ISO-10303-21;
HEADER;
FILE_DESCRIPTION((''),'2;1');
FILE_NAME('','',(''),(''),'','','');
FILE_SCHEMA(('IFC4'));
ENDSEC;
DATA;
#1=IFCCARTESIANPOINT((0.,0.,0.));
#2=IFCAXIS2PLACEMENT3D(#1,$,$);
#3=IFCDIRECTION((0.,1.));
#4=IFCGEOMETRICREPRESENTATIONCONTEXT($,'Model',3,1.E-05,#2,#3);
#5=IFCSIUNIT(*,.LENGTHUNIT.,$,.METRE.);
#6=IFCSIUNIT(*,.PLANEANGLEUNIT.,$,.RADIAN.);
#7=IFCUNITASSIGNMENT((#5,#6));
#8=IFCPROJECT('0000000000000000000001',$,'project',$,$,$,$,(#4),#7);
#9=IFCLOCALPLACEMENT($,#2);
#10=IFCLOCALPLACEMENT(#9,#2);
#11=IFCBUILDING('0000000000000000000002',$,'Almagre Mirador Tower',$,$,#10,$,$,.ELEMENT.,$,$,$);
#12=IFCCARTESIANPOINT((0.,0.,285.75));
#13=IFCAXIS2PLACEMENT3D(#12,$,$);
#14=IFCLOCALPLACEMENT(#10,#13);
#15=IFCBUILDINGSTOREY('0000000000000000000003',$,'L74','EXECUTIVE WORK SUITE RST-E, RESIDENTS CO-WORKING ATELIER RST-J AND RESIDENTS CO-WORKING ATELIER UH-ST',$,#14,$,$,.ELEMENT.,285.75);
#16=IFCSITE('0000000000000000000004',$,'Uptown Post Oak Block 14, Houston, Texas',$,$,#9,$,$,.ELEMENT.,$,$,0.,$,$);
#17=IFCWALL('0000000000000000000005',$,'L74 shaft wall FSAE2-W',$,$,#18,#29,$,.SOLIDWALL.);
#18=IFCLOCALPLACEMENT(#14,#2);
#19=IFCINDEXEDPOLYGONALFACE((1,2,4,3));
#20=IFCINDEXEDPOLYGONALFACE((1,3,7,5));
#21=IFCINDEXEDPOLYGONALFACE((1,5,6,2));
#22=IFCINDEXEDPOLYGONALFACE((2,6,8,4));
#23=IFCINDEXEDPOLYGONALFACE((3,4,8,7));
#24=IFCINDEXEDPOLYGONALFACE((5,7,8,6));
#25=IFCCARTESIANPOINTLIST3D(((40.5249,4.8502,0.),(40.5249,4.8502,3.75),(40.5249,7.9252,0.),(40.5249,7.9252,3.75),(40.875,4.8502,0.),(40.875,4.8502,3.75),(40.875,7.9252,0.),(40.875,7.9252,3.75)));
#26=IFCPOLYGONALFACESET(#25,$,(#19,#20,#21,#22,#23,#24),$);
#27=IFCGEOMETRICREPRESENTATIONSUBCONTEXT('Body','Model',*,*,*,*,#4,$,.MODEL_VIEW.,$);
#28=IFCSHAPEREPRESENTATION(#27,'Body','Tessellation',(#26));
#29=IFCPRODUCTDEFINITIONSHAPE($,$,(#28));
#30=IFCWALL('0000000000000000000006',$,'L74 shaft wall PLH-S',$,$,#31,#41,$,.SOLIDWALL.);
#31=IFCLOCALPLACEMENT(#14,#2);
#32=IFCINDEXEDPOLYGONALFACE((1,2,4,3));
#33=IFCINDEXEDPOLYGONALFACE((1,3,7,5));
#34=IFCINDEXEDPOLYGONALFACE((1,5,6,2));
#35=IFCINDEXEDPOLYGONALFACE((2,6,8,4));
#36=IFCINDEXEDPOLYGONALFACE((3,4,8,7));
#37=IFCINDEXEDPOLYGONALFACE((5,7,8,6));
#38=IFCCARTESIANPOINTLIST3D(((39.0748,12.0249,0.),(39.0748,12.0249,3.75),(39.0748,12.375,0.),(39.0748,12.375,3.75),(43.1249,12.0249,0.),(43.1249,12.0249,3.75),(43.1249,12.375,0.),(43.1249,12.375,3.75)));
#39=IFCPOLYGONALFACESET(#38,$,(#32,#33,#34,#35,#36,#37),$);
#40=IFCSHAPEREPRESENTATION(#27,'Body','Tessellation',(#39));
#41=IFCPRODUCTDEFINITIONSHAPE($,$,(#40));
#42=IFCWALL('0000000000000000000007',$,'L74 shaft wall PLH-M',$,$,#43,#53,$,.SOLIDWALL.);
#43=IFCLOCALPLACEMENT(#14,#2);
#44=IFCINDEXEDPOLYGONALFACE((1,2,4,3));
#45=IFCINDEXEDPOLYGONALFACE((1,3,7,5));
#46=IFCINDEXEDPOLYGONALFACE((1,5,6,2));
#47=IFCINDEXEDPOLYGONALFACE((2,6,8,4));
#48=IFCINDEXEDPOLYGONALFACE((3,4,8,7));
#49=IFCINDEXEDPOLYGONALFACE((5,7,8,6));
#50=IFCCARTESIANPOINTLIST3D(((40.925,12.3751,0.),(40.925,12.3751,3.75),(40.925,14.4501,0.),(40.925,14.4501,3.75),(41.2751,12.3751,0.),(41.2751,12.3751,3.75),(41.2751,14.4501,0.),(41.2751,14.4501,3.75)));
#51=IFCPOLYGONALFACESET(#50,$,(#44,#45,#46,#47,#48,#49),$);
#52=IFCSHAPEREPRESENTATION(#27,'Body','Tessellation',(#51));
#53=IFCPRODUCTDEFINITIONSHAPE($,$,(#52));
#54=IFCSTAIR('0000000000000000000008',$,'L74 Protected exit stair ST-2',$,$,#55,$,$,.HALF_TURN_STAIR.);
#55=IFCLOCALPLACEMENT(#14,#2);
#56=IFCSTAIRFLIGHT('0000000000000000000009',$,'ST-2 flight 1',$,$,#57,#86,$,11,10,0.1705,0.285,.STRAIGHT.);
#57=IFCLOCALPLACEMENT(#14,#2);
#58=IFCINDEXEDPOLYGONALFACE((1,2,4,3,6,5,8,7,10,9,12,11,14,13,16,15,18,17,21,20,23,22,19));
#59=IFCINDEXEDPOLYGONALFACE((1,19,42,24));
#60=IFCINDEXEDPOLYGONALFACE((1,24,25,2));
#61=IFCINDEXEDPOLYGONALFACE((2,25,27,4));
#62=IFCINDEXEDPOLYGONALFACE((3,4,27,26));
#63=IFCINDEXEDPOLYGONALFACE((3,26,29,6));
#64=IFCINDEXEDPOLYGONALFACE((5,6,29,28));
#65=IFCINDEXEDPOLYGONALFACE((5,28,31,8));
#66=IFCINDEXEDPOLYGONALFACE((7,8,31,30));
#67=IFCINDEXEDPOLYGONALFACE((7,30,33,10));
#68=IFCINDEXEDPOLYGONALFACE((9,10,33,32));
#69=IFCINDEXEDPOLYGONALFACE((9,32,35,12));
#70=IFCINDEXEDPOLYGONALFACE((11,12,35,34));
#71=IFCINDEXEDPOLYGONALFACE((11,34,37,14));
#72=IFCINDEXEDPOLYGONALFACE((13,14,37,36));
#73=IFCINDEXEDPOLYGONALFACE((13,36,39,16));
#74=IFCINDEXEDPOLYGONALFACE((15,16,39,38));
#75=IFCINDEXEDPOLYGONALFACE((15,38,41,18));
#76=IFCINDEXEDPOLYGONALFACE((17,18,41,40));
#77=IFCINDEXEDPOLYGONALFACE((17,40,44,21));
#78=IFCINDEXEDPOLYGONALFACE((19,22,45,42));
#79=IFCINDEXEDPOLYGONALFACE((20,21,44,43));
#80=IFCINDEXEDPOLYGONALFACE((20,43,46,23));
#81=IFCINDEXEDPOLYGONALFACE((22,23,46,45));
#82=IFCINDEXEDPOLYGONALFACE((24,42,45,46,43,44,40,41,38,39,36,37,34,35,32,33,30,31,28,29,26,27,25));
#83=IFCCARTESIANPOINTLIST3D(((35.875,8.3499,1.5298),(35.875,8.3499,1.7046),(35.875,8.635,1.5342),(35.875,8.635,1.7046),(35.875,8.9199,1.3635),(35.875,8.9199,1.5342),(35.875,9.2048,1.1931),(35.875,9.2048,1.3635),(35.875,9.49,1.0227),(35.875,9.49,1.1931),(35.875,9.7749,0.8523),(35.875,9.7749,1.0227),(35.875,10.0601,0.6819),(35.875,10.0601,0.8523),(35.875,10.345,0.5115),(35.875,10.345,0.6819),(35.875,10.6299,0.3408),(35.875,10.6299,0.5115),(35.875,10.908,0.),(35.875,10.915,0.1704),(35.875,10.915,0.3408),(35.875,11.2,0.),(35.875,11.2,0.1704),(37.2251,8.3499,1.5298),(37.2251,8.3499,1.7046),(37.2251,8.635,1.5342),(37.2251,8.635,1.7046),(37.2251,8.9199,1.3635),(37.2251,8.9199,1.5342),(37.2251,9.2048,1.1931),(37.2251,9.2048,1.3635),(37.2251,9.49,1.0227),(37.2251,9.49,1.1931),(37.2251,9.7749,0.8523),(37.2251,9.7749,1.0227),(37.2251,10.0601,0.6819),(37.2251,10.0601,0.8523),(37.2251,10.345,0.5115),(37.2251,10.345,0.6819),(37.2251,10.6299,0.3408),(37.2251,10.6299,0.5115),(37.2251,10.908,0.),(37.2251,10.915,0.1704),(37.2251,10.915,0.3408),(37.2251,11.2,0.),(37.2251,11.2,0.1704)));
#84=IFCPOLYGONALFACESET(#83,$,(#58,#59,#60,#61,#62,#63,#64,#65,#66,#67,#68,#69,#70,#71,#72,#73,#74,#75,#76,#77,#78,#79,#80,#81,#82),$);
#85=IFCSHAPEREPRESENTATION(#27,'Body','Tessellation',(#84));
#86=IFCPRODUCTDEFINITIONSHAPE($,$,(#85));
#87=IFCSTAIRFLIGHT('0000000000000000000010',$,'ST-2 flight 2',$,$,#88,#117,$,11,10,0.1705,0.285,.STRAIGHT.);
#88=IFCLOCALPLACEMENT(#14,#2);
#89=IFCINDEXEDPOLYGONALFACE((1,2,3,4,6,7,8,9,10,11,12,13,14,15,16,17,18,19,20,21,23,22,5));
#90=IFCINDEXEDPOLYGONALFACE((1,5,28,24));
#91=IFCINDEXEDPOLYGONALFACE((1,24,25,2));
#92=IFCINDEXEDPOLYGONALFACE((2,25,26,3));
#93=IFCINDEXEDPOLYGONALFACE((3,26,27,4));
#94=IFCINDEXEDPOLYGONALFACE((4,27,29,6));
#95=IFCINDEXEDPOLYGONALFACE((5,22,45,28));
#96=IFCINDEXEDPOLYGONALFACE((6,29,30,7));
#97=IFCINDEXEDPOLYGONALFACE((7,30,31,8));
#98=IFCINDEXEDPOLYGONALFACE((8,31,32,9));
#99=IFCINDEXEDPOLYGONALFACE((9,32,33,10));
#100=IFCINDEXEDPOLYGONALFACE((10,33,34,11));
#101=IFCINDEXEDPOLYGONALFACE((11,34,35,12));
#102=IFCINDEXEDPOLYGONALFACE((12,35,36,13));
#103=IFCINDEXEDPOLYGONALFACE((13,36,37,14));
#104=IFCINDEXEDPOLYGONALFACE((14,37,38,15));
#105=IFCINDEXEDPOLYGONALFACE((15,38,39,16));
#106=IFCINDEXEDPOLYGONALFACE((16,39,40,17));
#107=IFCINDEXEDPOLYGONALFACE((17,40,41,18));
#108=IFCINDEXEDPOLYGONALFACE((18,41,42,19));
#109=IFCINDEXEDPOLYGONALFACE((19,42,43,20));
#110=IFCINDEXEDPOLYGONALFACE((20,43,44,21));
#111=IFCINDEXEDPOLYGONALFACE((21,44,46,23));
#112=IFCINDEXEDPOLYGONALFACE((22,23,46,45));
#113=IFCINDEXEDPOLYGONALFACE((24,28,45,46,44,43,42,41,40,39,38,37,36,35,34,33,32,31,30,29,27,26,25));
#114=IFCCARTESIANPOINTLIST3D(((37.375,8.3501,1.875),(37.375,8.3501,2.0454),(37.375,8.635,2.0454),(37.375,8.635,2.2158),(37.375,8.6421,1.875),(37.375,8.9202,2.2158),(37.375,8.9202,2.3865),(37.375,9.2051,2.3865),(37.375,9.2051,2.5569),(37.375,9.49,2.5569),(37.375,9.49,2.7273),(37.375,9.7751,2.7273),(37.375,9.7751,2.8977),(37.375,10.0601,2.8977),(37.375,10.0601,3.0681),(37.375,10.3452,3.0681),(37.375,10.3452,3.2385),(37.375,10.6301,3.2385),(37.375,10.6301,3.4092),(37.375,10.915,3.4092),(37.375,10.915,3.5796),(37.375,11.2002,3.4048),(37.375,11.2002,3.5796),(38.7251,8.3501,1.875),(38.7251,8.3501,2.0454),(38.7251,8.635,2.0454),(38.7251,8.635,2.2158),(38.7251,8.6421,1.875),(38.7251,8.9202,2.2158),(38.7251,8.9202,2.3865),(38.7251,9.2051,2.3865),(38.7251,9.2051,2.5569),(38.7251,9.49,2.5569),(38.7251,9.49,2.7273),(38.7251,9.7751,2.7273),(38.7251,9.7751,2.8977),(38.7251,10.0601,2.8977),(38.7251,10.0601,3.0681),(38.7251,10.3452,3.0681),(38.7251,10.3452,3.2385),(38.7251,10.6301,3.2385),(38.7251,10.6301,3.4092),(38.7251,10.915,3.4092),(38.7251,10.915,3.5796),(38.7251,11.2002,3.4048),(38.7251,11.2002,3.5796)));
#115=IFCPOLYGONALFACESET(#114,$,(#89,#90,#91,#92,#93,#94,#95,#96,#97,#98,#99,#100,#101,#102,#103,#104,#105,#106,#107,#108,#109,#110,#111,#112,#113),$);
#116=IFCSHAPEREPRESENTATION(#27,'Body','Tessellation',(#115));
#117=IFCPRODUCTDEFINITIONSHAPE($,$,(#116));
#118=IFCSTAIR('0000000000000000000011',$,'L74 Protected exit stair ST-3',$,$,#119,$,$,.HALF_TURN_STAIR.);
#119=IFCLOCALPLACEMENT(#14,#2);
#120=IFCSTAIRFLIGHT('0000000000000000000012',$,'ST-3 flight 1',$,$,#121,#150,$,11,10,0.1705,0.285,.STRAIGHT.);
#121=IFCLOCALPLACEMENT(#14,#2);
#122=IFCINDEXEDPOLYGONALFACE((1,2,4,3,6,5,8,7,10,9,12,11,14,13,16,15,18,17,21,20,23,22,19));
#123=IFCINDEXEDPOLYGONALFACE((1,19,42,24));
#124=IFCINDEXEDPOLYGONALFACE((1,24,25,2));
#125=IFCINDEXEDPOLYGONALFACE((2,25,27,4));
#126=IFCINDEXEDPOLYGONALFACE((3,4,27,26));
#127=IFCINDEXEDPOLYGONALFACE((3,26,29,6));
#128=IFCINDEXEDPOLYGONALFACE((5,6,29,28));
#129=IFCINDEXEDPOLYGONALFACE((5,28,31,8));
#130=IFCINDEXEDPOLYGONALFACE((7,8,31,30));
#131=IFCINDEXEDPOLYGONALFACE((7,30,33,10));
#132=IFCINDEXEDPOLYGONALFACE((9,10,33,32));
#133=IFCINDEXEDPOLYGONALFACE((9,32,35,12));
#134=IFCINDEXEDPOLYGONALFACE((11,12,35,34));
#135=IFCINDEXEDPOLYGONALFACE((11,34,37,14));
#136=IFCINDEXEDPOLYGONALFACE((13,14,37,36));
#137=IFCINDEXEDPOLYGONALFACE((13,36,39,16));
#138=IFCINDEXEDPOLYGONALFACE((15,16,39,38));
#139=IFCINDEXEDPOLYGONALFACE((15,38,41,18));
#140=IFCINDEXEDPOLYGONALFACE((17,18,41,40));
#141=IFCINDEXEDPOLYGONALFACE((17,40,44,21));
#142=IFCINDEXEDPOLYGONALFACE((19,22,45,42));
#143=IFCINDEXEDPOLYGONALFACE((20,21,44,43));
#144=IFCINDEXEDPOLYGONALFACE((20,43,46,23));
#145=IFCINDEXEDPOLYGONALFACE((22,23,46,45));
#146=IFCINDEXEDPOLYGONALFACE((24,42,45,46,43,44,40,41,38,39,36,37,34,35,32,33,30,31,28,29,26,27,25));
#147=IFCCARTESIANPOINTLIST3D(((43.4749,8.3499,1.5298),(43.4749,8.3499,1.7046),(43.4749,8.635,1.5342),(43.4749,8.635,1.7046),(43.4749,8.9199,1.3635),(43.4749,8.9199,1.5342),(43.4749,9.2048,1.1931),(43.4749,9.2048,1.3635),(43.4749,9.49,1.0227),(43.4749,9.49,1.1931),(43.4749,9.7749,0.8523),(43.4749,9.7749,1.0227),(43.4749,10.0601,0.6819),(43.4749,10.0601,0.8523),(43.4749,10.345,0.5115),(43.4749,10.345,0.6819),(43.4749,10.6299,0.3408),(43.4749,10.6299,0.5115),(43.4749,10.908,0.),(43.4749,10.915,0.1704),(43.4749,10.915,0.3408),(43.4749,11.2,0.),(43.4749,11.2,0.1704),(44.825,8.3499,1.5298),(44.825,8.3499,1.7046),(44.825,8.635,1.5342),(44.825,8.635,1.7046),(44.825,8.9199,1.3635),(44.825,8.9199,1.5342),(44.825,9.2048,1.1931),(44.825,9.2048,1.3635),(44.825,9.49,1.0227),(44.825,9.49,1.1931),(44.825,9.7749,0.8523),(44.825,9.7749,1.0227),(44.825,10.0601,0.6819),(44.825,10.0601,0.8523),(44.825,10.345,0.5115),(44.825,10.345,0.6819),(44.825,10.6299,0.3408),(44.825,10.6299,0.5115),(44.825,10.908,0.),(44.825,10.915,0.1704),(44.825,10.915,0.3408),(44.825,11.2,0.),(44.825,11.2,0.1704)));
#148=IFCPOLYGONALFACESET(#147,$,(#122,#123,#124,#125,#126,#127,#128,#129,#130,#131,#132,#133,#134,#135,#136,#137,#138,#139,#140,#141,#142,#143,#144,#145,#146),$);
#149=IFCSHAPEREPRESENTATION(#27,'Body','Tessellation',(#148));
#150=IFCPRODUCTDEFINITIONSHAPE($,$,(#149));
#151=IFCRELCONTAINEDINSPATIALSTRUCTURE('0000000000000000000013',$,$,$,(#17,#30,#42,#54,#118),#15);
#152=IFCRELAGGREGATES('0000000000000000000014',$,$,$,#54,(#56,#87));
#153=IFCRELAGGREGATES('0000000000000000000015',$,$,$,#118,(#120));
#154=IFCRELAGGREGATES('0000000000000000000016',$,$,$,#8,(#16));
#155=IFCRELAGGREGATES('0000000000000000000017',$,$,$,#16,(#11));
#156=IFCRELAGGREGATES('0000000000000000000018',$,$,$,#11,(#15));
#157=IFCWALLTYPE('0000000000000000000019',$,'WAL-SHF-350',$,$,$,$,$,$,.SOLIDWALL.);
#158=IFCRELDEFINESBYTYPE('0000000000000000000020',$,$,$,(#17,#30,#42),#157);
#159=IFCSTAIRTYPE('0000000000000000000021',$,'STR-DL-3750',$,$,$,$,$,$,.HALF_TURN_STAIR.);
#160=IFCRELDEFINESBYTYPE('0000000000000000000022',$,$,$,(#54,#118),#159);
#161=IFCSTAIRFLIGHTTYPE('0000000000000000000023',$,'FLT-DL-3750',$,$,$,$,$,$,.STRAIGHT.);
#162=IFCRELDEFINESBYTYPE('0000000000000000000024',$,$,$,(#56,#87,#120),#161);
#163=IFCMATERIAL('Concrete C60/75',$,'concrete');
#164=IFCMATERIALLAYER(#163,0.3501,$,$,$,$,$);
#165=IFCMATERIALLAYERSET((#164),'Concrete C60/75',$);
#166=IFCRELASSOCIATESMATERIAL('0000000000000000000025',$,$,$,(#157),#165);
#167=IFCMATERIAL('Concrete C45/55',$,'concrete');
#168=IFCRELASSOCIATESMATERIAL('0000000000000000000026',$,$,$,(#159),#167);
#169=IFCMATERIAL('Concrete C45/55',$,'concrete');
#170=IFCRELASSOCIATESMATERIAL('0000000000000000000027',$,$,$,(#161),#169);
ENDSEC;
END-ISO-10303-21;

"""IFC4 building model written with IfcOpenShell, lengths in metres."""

from ifc_helpers import new_model, si_unit, direction, frame, frame_2d, origin, place, context, subcontext, project, spatial, polyline, rectangle, outline, extrude, material, layer, layer_set, type_object, element, aggregate, save


model = new_model("IFC4")

# Units and contexts
model_context = context("Model", 3, precision=1e-05, world=origin(), true_north=direction((0.0, 1.0)))
body_context = subcontext(model_context, "Body", "Model", "MODEL_VIEW")
ifc_project = project(units=[si_unit("LENGTHUNIT", "METRE"), si_unit("PLANEANGLEUNIT", "RADIAN")], contexts=[model_context])

# Site, building, storey
site_placement = place(None, origin())
site = spatial("IfcSite", under=ifc_project, at=site_placement, Name="Uptown Post Oak Block 14, Houston, Texas", CompositionType="ELEMENT", RefElevation=0.0)
building_placement = place(site_placement, origin())
building = spatial("IfcBuilding", under=site, at=building_placement, Name="Almagre Mirador Tower", CompositionType="ELEMENT")
storey_placement = place(building_placement, frame((0.0, 0.0, 285.75)))
storey = spatial("IfcBuildingStorey", under=building, at=storey_placement, Name="L74", Description="EXECUTIVE WORK SUITE RST-E, RESIDENTS CO-WORKING ATELIER RST-J AND RESIDENTS CO-WORKING ATELIER UH-ST", CompositionType="ELEMENT", Elevation=285.75)

# Shared definitions
ifc_material_1 = material(Name="Concrete C60/75", Category="concrete")
ifc_layer_1 = layer(ifc_material_1, 0.3501)
ifc_layer_set_1 = layer_set([ifc_layer_1], Name="Concrete C60/75")
wall_type_1 = type_object("IfcWallType", Name="WAL-SHF-350", PredefinedType="SOLIDWALL", material=ifc_layer_set_1)

# Walls
wall_1_placement = place(storey_placement, frame((40.7, 4.8501, 0.0), z_axis=(0.0, 0.0, 1.0), x_axis=(0.0, 1.0, 0.0)))
element("IfcWall", 1, at=wall_1_placement, inside=storey, type_object=wall_type_1, Name="L74 shaft wall FSAE2-W", PredefinedType="SOLIDWALL", context=body_context, shape_type="SweptSolid", body=[
    extrude(rectangle(XDim=3.075, YDim=0.3501, at=frame_2d((1.5376, 0.0))), origin(), (0.0, 0.0, 1.0), 3.75),
])
wall_2_placement = place(storey_placement, frame((39.075, 12.2, 0.0), z_axis=(0.0, 0.0, 1.0), x_axis=(1.0, 0.0, 0.0)))
element("IfcWall", 2, at=wall_2_placement, inside=storey, type_object=wall_type_1, Name="L74 shaft wall PLH-S", PredefinedType="SOLIDWALL", context=body_context, shape_type="SweptSolid", body=[
    extrude(rectangle(XDim=4.05, YDim=0.3501, at=frame_2d((2.0249, 0.0))), origin(), (0.0, 0.0, 1.0), 3.75),
])
wall_3_placement = place(storey_placement, frame((41.1001, 12.375, 0.0), z_axis=(0.0, 0.0, 1.0), x_axis=(0.0, 1.0, 0.0)))
element("IfcWall", 3, at=wall_3_placement, inside=storey, type_object=wall_type_1, Name="L74 shaft wall PLH-M", PredefinedType="SOLIDWALL", context=body_context, shape_type="SweptSolid", body=[
    extrude(rectangle(XDim=2.075, YDim=0.3501, at=frame_2d((1.0376, 0.0))), origin(), (0.0, 0.0, 1.0), 3.75),
])

# Stair, stair flights
ifc_material_2 = material(Name="Concrete C45/55", Category="concrete")
stair_type = type_object("IfcStairType", Name="STR-DL-3750", PredefinedType="HALF_TURN_STAIR", material=ifc_material_2)
stair_1_placement = place(storey_placement, origin())
stair_1 = element("IfcStair", 4, at=stair_1_placement, inside=storey, type_object=stair_type, Name="L74 Protected exit stair ST-2", PredefinedType="HALF_TURN_STAIR")
ifc_material_3 = material(Name="Concrete C45/55", Category="concrete")
stair_flight_type = type_object("IfcStairFlightType", Name="FLT-DL-3750", PredefinedType="STRAIGHT", material=ifc_material_3)
stair_flight_1_placement = place(storey_placement, frame((36.55, 11.2, 0.0), z_axis=(0.0, 0.0, 1.0), x_axis=(0.0, -1.0, 0.0)))
stair_flight_1 = element("IfcStairFlight", 5, at=stair_flight_1_placement, type_object=stair_flight_type, Name="ST-2 flight 1", NumberOfRisers=11, NumberOfTreads=10, PredefinedType="STRAIGHT", RiserHeight=0.1705, TreadLength=0.285, context=body_context, shape_type="SweptSolid", body=[
    extrude(outline(polyline([(0.0, 0.0), (0.0, 0.1704), (0.2849, 0.1704), (0.2849, 0.3408), (0.5701, 0.3408), (0.5701, 0.5115), (0.855, 0.5115), (0.855, 0.6819), (1.1399, 0.6819), (1.1399, 0.8523), (1.425, 0.8523), (1.425, 1.0227), (1.71, 1.0227), (1.71, 1.1931), (1.9951, 1.1931), (1.9951, 1.3635), (2.28, 1.3635), (2.28, 1.5342), (2.5649, 1.5342), (2.5649, 1.7046), (2.8501, 1.7046), (2.8501, 1.875), (2.8501, 1.5298), (0.292, 0.0), (0.0, 0.0)])), frame((0.0, 0.675, 0.0), z_axis=(0.0, -1.0, 0.0), x_axis=(1.0, 0.0, 0.0)), (0.0, 0.0, 1.0), 1.3501),
])
stair_flight_2_placement = place(storey_placement, frame((38.05, 8.3501, 1.875), z_axis=(0.0, 0.0, 1.0), x_axis=(0.0, 1.0, 0.0)))
stair_flight_2 = element("IfcStairFlight", 6, at=stair_flight_2_placement, type_object=stair_flight_type, Name="ST-2 flight 2", NumberOfRisers=11, NumberOfTreads=10, PredefinedType="STRAIGHT", RiserHeight=0.1705, TreadLength=0.285, context=body_context, shape_type="SweptSolid", body=[
    extrude(outline(polyline([(0.0, 0.0), (0.0, 0.1704), (0.2849, 0.1704), (0.2849, 0.3408), (0.5701, 0.3408), (0.5701, 0.5115), (0.855, 0.5115), (0.855, 0.6819), (1.1399, 0.6819), (1.1399, 0.8523), (1.425, 0.8523), (1.425, 1.0227), (1.71, 1.0227), (1.71, 1.1931), (1.9951, 1.1931), (1.9951, 1.3635), (2.28, 1.3635), (2.28, 1.5342), (2.5649, 1.5342), (2.5649, 1.7046), (2.8501, 1.7046), (2.8501, 1.875), (2.8501, 1.5298), (0.292, 0.0), (0.0, 0.0)])), frame((0.0, 0.675, 0.0), z_axis=(0.0, -1.0, 0.0), x_axis=(1.0, 0.0, 0.0)), (0.0, 0.0, 1.0), 1.3501),
])
aggregate(stair_1, [stair_flight_1, stair_flight_2])

# Stair, stair flight
stair_2_placement = place(storey_placement, origin())
stair_2 = element("IfcStair", 7, at=stair_2_placement, inside=storey, type_object=stair_type, Name="L74 Protected exit stair ST-3", PredefinedType="HALF_TURN_STAIR")
stair_flight_3_placement = place(storey_placement, frame((44.1499, 11.2, 0.0), z_axis=(0.0, 0.0, 1.0), x_axis=(0.0, -1.0, 0.0)))
stair_flight_3 = element("IfcStairFlight", 8, at=stair_flight_3_placement, type_object=stair_flight_type, Name="ST-3 flight 1", NumberOfRisers=11, NumberOfTreads=10, PredefinedType="STRAIGHT", RiserHeight=0.1705, TreadLength=0.285, context=body_context, shape_type="SweptSolid", body=[
    extrude(outline(polyline([(0.0, 0.0), (0.0, 0.1704), (0.2849, 0.1704), (0.2849, 0.3408), (0.5701, 0.3408), (0.5701, 0.5115), (0.855, 0.5115), (0.855, 0.6819), (1.1399, 0.6819), (1.1399, 0.8523), (1.425, 0.8523), (1.425, 1.0227), (1.71, 1.0227), (1.71, 1.1931), (1.9951, 1.1931), (1.9951, 1.3635), (2.28, 1.3635), (2.28, 1.5342), (2.5649, 1.5342), (2.5649, 1.7046), (2.8501, 1.7046), (2.8501, 1.875), (2.8501, 1.5298), (0.292, 0.0), (0.0, 0.0)])), frame((0.0, 0.675, 0.0), z_axis=(0.0, -1.0, 0.0), x_axis=(1.0, 0.0, 0.0)), (0.0, 0.0, 1.0), 1.3501),
])
aggregate(stair_2, [stair_flight_3])

save(model, "model.ifc")
